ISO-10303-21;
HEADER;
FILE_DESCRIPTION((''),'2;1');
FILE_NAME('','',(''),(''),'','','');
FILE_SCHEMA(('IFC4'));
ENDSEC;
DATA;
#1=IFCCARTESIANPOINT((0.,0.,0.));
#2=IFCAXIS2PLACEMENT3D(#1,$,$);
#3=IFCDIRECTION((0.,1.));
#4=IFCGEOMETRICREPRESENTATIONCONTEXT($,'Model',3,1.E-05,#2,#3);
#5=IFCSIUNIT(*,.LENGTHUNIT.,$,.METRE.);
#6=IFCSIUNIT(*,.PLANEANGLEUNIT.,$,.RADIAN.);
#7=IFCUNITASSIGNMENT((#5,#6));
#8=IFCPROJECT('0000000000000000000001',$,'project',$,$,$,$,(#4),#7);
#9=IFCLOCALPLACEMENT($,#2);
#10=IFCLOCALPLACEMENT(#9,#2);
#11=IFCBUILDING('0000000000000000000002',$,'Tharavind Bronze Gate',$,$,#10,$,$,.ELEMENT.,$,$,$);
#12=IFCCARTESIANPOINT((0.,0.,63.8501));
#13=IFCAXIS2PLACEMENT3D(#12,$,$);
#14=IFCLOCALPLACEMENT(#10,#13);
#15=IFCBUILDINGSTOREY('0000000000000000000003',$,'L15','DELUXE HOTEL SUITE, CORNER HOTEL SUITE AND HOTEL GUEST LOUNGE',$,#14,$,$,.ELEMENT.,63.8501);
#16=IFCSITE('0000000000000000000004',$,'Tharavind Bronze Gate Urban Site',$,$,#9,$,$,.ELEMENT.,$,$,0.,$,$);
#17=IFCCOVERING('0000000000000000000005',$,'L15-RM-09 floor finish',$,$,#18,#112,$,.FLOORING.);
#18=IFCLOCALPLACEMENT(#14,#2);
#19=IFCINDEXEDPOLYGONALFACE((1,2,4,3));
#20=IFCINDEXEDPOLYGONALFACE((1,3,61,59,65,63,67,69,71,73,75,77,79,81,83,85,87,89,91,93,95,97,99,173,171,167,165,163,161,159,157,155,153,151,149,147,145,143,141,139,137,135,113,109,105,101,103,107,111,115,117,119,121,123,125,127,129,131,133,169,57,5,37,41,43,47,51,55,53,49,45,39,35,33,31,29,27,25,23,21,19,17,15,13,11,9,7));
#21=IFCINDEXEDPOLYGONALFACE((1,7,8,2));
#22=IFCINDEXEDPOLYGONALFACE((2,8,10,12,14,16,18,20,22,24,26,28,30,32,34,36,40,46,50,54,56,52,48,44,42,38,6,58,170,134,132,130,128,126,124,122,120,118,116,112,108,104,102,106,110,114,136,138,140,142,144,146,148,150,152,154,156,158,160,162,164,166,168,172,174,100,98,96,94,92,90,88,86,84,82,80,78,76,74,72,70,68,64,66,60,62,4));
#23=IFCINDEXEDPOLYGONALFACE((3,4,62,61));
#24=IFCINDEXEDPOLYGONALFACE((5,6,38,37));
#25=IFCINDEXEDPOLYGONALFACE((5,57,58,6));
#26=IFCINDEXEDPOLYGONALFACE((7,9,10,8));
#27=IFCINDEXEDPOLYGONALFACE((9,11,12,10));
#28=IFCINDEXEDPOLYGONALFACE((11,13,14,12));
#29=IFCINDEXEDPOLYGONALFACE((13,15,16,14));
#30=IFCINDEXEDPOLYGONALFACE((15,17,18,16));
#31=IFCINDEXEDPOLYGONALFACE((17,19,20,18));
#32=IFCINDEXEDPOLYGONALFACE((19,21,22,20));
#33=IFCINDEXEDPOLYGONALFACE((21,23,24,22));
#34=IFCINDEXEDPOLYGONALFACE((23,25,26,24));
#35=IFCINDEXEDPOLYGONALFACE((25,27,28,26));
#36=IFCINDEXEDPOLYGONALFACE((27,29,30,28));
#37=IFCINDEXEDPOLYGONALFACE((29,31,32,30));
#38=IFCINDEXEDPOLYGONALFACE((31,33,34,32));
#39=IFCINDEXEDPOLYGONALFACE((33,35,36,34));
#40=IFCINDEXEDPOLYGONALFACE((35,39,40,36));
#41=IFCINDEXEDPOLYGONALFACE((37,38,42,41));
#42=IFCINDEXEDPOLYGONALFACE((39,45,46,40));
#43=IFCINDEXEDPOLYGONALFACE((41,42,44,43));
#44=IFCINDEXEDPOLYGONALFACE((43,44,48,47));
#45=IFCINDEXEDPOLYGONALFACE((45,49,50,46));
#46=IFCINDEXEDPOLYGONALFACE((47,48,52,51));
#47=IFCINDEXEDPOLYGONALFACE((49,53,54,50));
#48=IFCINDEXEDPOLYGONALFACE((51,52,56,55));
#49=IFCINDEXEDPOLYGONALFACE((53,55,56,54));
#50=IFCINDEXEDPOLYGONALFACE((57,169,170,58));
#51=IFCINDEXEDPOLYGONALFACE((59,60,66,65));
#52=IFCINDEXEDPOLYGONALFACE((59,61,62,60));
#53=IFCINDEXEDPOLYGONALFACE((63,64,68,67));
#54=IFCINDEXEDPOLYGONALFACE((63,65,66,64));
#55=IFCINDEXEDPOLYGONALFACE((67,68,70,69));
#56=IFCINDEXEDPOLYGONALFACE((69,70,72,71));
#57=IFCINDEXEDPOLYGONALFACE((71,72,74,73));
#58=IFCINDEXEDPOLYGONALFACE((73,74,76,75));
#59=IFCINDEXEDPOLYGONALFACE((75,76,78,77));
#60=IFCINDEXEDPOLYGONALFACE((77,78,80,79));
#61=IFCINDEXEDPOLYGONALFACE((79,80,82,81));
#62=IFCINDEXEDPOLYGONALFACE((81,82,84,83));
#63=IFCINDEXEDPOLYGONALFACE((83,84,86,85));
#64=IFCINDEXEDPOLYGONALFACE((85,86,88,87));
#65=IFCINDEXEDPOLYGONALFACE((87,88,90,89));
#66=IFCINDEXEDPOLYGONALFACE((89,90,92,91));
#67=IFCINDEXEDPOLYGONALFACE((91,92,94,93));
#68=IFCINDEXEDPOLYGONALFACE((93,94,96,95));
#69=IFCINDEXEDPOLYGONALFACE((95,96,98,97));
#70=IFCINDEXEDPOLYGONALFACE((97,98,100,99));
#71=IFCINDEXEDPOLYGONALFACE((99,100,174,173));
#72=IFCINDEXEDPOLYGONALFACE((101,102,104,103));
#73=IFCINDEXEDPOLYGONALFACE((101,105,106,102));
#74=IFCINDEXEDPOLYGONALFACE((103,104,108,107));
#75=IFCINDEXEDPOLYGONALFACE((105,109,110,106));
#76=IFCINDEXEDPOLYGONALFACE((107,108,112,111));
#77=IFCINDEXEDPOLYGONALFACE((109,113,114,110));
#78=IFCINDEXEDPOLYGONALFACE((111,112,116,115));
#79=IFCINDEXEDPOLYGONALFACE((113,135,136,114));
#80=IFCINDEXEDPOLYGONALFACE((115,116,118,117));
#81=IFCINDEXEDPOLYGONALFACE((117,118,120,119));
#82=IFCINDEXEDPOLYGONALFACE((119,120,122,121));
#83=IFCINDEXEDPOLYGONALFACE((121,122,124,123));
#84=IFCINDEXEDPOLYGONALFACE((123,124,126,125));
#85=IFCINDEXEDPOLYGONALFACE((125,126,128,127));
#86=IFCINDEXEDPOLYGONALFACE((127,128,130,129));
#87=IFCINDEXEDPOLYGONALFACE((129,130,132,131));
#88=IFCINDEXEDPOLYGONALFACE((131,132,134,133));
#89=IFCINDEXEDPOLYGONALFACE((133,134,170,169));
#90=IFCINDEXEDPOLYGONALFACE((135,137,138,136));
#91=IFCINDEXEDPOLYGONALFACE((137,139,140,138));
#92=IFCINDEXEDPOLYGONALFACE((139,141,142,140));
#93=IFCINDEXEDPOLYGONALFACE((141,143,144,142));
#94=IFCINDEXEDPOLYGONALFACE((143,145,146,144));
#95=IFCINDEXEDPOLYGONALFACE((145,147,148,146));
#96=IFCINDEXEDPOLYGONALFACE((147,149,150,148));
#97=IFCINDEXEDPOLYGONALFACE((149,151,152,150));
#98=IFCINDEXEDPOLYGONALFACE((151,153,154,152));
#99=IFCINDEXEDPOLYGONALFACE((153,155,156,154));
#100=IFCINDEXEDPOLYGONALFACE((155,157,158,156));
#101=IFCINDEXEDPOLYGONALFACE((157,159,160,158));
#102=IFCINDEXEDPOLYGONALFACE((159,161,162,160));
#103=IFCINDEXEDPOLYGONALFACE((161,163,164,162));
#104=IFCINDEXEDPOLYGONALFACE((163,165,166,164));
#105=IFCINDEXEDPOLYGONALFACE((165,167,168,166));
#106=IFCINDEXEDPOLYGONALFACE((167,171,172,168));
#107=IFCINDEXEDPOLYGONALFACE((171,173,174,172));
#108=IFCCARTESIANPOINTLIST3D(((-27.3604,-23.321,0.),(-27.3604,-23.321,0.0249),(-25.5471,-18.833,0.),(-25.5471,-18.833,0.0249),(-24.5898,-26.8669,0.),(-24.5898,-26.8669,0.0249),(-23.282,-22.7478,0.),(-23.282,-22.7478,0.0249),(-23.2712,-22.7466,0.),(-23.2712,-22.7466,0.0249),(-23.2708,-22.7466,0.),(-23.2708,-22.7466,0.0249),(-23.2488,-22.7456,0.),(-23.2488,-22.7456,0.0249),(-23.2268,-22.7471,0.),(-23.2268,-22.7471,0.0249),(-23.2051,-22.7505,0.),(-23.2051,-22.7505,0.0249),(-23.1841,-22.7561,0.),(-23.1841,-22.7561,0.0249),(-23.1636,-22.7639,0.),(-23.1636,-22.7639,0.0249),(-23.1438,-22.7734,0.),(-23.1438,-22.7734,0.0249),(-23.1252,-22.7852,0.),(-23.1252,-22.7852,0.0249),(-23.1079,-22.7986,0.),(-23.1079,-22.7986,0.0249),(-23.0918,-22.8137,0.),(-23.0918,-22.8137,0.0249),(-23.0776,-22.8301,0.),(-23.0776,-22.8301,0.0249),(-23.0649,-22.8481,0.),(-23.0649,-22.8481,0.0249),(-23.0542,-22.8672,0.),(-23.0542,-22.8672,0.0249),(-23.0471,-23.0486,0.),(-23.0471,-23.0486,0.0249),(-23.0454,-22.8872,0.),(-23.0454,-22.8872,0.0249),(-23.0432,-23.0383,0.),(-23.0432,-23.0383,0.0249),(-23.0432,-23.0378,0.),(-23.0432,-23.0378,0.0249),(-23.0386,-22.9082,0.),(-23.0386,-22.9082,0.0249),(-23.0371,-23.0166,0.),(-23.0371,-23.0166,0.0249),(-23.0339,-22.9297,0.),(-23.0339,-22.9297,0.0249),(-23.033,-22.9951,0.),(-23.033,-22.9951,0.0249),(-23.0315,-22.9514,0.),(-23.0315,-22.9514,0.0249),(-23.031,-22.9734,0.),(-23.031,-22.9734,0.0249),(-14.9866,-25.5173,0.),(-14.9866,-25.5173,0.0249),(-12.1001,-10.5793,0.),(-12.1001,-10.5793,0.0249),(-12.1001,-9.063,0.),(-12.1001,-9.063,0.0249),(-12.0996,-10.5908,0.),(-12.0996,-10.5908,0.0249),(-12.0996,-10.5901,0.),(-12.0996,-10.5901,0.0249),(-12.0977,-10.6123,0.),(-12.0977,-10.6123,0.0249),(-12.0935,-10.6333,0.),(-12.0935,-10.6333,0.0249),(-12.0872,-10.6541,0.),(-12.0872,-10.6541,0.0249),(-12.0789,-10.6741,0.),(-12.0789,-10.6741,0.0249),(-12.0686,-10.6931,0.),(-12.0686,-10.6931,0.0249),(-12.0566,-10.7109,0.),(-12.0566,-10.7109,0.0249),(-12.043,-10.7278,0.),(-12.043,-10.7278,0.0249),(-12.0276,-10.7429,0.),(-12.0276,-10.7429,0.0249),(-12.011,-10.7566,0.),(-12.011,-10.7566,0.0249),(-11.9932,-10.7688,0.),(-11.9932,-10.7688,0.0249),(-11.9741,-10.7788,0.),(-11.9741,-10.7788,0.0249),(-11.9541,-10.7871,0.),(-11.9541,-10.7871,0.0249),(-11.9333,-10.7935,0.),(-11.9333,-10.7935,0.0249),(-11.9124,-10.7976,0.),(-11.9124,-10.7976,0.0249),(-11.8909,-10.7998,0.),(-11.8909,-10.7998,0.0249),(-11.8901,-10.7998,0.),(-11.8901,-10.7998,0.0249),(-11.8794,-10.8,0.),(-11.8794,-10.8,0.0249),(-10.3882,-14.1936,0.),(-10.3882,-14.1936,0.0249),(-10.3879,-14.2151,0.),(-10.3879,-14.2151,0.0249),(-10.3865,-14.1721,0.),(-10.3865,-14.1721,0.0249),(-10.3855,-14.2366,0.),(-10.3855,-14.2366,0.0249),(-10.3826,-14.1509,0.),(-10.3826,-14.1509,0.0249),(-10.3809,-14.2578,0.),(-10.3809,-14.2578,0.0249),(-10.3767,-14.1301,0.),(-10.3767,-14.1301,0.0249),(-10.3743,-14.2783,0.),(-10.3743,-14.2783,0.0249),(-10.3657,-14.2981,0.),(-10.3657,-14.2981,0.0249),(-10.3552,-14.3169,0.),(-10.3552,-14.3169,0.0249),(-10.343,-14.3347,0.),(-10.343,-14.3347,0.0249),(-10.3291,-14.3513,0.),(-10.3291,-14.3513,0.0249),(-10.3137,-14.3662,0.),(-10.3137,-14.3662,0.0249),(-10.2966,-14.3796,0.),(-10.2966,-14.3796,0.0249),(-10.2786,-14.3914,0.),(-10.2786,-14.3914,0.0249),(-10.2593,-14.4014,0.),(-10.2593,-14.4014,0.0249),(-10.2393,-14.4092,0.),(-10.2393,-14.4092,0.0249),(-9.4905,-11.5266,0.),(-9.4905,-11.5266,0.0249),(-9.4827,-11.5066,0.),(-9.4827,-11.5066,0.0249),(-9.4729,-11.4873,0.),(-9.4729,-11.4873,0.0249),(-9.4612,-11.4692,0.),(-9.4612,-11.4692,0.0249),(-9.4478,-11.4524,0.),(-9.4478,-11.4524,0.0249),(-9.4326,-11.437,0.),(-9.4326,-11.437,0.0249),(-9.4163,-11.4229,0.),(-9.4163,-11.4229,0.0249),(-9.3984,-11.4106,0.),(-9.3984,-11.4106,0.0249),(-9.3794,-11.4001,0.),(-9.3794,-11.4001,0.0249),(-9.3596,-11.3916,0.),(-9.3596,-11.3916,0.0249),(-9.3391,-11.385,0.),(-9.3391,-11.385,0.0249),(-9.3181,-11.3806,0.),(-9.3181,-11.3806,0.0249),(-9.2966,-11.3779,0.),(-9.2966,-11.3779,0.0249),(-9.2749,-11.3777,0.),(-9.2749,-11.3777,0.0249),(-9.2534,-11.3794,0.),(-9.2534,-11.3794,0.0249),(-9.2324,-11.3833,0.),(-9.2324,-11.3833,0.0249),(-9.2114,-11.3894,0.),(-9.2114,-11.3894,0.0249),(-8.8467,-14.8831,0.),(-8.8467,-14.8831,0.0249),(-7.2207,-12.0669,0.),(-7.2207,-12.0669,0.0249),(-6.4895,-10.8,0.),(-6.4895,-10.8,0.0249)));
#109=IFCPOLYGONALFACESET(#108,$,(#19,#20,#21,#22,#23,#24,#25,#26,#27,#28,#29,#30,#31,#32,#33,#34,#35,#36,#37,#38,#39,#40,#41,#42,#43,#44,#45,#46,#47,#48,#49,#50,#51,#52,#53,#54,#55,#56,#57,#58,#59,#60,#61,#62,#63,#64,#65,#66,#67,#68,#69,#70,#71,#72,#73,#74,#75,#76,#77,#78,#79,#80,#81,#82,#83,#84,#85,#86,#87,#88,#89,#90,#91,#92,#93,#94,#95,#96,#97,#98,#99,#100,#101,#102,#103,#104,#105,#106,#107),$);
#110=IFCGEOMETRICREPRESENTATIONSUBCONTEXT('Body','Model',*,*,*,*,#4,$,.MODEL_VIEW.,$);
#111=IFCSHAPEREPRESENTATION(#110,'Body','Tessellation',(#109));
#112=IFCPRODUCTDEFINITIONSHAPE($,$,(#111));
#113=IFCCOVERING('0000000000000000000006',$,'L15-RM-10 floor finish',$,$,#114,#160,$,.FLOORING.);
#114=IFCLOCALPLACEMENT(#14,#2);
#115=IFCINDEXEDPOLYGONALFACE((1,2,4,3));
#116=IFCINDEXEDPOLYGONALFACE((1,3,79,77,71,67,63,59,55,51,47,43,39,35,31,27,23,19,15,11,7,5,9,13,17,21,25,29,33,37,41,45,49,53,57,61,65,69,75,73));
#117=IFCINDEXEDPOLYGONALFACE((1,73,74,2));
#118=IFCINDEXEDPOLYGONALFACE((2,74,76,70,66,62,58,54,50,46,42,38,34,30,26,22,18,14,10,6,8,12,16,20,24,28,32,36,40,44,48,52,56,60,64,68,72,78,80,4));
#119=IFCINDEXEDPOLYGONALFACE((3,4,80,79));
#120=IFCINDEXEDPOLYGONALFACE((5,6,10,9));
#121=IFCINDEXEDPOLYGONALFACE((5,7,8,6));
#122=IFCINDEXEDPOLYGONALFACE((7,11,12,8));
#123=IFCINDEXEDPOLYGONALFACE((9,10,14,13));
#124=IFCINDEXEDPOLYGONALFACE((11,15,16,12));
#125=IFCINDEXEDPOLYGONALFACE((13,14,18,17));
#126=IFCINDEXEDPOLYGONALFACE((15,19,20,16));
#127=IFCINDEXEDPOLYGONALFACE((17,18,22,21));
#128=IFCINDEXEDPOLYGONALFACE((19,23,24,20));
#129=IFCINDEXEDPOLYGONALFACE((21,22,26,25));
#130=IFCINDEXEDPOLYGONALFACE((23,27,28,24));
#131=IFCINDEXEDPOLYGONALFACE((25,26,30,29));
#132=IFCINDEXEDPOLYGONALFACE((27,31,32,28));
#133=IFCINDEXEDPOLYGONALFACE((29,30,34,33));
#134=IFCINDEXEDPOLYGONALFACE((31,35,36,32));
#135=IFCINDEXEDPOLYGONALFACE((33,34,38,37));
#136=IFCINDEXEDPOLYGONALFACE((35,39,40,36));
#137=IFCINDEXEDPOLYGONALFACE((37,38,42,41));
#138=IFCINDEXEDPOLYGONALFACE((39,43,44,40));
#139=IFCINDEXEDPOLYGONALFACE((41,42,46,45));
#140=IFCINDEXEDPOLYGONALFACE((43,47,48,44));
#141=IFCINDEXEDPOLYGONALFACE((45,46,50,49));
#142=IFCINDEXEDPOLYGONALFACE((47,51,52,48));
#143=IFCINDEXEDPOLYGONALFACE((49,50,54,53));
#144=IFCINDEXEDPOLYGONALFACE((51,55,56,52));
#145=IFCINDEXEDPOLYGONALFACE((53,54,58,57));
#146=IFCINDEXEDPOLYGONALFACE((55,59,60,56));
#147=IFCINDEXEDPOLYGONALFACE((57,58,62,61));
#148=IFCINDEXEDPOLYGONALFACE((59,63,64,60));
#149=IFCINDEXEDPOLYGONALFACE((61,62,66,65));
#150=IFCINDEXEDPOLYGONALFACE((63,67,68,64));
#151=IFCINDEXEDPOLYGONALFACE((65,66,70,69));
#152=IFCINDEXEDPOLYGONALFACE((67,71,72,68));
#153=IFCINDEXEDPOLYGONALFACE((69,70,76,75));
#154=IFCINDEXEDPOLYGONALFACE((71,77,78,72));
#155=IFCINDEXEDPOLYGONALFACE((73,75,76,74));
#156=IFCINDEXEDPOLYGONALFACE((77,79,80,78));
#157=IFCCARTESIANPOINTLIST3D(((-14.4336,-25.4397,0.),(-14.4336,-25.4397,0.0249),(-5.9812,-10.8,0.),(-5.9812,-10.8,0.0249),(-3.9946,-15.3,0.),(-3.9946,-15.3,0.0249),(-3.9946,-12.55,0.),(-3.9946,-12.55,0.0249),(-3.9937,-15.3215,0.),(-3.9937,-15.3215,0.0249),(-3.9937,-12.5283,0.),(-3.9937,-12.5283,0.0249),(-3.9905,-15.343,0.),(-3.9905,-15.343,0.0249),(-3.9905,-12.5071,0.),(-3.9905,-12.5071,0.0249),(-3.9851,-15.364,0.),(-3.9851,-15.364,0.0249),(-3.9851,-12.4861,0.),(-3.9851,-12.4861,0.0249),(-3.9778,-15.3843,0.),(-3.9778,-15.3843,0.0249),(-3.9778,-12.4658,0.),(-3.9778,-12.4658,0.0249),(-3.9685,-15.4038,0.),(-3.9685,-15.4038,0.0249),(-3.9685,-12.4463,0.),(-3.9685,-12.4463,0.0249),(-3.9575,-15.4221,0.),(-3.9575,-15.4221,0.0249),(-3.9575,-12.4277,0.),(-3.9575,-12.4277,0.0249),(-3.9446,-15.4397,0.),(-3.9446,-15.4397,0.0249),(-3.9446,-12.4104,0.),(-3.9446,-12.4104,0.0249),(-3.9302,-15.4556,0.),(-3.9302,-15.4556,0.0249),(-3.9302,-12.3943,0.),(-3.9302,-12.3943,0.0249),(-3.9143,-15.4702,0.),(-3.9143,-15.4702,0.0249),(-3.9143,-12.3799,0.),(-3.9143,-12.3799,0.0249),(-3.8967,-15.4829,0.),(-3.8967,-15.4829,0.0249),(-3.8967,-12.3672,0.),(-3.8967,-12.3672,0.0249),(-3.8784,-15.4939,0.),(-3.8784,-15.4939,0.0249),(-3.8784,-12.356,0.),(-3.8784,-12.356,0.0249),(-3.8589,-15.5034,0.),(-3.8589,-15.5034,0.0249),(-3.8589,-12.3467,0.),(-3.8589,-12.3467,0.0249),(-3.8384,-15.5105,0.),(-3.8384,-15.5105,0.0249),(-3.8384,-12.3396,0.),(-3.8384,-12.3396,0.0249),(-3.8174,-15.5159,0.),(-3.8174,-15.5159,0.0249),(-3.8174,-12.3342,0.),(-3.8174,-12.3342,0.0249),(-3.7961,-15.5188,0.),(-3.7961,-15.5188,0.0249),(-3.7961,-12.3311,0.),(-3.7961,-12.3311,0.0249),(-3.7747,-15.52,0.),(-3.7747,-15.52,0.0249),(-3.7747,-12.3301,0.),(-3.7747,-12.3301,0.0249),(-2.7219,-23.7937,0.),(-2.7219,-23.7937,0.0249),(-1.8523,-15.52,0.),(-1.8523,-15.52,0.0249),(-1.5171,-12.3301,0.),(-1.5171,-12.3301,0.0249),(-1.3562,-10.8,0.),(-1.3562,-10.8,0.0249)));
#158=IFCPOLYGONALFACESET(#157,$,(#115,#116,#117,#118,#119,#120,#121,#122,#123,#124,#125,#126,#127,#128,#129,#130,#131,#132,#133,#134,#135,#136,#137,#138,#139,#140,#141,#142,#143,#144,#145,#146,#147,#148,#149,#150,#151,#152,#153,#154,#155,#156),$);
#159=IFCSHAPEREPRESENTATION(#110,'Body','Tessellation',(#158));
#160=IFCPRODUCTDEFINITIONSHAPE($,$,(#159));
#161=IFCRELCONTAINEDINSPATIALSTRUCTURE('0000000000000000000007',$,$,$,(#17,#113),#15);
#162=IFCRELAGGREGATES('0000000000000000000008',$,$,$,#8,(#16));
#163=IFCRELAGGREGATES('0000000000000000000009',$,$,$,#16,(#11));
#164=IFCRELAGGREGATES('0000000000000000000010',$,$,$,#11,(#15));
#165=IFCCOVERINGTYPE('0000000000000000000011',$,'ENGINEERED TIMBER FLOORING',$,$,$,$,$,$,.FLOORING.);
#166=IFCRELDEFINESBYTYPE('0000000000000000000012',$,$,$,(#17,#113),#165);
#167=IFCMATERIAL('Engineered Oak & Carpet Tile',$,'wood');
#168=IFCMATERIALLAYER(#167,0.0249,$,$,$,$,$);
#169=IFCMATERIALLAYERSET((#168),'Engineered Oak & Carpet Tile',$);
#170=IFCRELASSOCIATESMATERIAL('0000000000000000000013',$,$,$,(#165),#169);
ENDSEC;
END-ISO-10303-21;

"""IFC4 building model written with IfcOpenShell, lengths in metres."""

from ifc_helpers import new_model, si_unit, direction, frame, origin, place, context, subcontext, project, spatial, polyline, outline, extrude, material, layer, layer_set, type_object, element, save


model = new_model("IFC4")

# Units and contexts
model_context = context("Model", 3, precision=1e-05, world=origin(), true_north=direction((0.0, 1.0)))
body_context = subcontext(model_context, "Body", "Model", "MODEL_VIEW")
ifc_project = project(units=[si_unit("LENGTHUNIT", "METRE"), si_unit("PLANEANGLEUNIT", "RADIAN")], contexts=[model_context])

# Site, building, storey
site_placement = place(None, origin())
site = spatial("IfcSite", under=ifc_project, at=site_placement, Name="Tharavind Bronze Gate Urban Site", CompositionType="ELEMENT", RefElevation=0.0)
building_placement = place(site_placement, origin())
building = spatial("IfcBuilding", under=site, at=building_placement, Name="Tharavind Bronze Gate", CompositionType="ELEMENT")
storey_placement = place(building_placement, frame((0.0, 0.0, 63.8501)))
storey = spatial("IfcBuildingStorey", under=building, at=storey_placement, Name="L15", Description="DELUXE HOTEL SUITE, CORNER HOTEL SUITE AND HOTEL GUEST LOUNGE", CompositionType="ELEMENT", Elevation=63.8501)

# Coverings
ifc_material_1 = material(Name="Engineered Oak & Carpet Tile", Category="wood")
ifc_layer_1 = layer(ifc_material_1, 0.0249)
ifc_layer_set_1 = layer_set([ifc_layer_1], Name="Engineered Oak & Carpet Tile")
covering_type_1 = type_object("IfcCoveringType", Name="ENGINEERED TIMBER FLOORING", PredefinedType="FLOORING", material=ifc_layer_set_1)
covering_1_placement = place(storey_placement, origin())
element("IfcCovering", 1, at=covering_1_placement, inside=storey, type_object=covering_type_1, Name="L15-RM-09 floor finish", PredefinedType="FLOORING", context=body_context, shape_type="SweptSolid", body=[
    extrude(outline(polyline([(-23.282, -22.7478), (-23.2712, -22.7466), (-23.2708, -22.7466), (-23.2488, -22.7456), (-23.2268, -22.7471), (-23.2051, -22.7505), (-23.1841, -22.7561), (-23.1636, -22.7639), (-23.1438, -22.7734), (-23.1252, -22.7852), (-23.1079, -22.7986), (-23.0918, -22.8137), (-23.0776, -22.8301), (-23.0649, -22.8481), (-23.0542, -22.8672), (-23.0454, -22.8872), (-23.0386, -22.9082), (-23.0339, -22.9297), (-23.0315, -22.9514), (-23.031, -22.9734), (-23.033, -22.9951), (-23.0371, -23.0166), (-23.0432, -23.0378), (-23.0432, -23.0383), (-23.0471, -23.0486), (-24.5898, -26.8669), (-14.9866, -25.5173), (-8.8467, -14.8831), (-10.2393, -14.4092), (-10.2593, -14.4014), (-10.2786, -14.3914), (-10.2966, -14.3796), (-10.3137, -14.3662), (-10.3291, -14.3513), (-10.343, -14.3347), (-10.3552, -14.3169), (-10.3657, -14.2981), (-10.3743, -14.2783), (-10.3809, -14.2578), (-10.3855, -14.2366), (-10.3879, -14.2151), (-10.3882, -14.1936), (-10.3865, -14.1721), (-10.3826, -14.1509), (-10.3767, -14.1301), (-9.4905, -11.5266), (-9.4827, -11.5066), (-9.4729, -11.4873), (-9.4612, -11.4692), (-9.4478, -11.4524), (-9.4326, -11.437), (-9.4163, -11.4229), (-9.3984, -11.4106), (-9.3794, -11.4001), (-9.3596, -11.3916), (-9.3391, -11.385), (-9.3181, -11.3806), (-9.2966, -11.3779), (-9.2749, -11.3777), (-9.2534, -11.3794), (-9.2324, -11.3833), (-9.2114, -11.3894), (-7.2207, -12.0669), (-6.4895, -10.8), (-11.8794, -10.8), (-11.8901, -10.7998), (-11.8909, -10.7998), (-11.9124, -10.7976), (-11.9333, -10.7935), (-11.9541, -10.7871), (-11.9741, -10.7788), (-11.9932, -10.7688), (-12.011, -10.7566), (-12.0276, -10.7429), (-12.043, -10.7278), (-12.0566, -10.7109), (-12.0686, -10.6931), (-12.0789, -10.6741), (-12.0872, -10.6541), (-12.0935, -10.6333), (-12.0977, -10.6123), (-12.0996, -10.5908), (-12.0996, -10.5901), (-12.1001, -10.5793), (-12.1001, -9.063), (-25.5471, -18.833), (-27.3604, -23.321), (-23.282, -22.7478)])), origin(), (0.0, 0.0, 1.0), 0.0249),
])
covering_2_placement = place(storey_placement, origin())
element("IfcCovering", 2, at=covering_2_placement, inside=storey, type_object=covering_type_1, Name="L15-RM-10 floor finish", PredefinedType="FLOORING", context=body_context, shape_type="SweptSolid", body=[
    extrude(outline(polyline([(-2.7219, -23.7937), (-1.8523, -15.52), (-3.7747, -15.52), (-3.7961, -15.5188), (-3.8174, -15.5159), (-3.8384, -15.5105), (-3.8589, -15.5034), (-3.8784, -15.4939), (-3.8967, -15.4829), (-3.9143, -15.4702), (-3.9302, -15.4556), (-3.9446, -15.4397), (-3.9575, -15.4221), (-3.9685, -15.4038), (-3.9778, -15.3843), (-3.9851, -15.364), (-3.9905, -15.343), (-3.9937, -15.3215), (-3.9946, -15.3), (-3.9946, -12.55), (-3.9937, -12.5283), (-3.9905, -12.5071), (-3.9851, -12.4861), (-3.9778, -12.4658), (-3.9685, -12.4463), (-3.9575, -12.4277), (-3.9446, -12.4104), (-3.9302, -12.3943), (-3.9143, -12.3799), (-3.8967, -12.3672), (-3.8784, -12.356), (-3.8589, -12.3467), (-3.8384, -12.3396), (-3.8174, -12.3342), (-3.7961, -12.3311), (-3.7747, -12.3301), (-1.5171, -12.3301), (-1.3562, -10.8), (-5.9812, -10.8), (-14.4336, -25.4397), (-2.7219, -23.7937)])), origin(), (0.0, 0.0, 1.0), 0.0249),
])

save(model, "model.ifc")
